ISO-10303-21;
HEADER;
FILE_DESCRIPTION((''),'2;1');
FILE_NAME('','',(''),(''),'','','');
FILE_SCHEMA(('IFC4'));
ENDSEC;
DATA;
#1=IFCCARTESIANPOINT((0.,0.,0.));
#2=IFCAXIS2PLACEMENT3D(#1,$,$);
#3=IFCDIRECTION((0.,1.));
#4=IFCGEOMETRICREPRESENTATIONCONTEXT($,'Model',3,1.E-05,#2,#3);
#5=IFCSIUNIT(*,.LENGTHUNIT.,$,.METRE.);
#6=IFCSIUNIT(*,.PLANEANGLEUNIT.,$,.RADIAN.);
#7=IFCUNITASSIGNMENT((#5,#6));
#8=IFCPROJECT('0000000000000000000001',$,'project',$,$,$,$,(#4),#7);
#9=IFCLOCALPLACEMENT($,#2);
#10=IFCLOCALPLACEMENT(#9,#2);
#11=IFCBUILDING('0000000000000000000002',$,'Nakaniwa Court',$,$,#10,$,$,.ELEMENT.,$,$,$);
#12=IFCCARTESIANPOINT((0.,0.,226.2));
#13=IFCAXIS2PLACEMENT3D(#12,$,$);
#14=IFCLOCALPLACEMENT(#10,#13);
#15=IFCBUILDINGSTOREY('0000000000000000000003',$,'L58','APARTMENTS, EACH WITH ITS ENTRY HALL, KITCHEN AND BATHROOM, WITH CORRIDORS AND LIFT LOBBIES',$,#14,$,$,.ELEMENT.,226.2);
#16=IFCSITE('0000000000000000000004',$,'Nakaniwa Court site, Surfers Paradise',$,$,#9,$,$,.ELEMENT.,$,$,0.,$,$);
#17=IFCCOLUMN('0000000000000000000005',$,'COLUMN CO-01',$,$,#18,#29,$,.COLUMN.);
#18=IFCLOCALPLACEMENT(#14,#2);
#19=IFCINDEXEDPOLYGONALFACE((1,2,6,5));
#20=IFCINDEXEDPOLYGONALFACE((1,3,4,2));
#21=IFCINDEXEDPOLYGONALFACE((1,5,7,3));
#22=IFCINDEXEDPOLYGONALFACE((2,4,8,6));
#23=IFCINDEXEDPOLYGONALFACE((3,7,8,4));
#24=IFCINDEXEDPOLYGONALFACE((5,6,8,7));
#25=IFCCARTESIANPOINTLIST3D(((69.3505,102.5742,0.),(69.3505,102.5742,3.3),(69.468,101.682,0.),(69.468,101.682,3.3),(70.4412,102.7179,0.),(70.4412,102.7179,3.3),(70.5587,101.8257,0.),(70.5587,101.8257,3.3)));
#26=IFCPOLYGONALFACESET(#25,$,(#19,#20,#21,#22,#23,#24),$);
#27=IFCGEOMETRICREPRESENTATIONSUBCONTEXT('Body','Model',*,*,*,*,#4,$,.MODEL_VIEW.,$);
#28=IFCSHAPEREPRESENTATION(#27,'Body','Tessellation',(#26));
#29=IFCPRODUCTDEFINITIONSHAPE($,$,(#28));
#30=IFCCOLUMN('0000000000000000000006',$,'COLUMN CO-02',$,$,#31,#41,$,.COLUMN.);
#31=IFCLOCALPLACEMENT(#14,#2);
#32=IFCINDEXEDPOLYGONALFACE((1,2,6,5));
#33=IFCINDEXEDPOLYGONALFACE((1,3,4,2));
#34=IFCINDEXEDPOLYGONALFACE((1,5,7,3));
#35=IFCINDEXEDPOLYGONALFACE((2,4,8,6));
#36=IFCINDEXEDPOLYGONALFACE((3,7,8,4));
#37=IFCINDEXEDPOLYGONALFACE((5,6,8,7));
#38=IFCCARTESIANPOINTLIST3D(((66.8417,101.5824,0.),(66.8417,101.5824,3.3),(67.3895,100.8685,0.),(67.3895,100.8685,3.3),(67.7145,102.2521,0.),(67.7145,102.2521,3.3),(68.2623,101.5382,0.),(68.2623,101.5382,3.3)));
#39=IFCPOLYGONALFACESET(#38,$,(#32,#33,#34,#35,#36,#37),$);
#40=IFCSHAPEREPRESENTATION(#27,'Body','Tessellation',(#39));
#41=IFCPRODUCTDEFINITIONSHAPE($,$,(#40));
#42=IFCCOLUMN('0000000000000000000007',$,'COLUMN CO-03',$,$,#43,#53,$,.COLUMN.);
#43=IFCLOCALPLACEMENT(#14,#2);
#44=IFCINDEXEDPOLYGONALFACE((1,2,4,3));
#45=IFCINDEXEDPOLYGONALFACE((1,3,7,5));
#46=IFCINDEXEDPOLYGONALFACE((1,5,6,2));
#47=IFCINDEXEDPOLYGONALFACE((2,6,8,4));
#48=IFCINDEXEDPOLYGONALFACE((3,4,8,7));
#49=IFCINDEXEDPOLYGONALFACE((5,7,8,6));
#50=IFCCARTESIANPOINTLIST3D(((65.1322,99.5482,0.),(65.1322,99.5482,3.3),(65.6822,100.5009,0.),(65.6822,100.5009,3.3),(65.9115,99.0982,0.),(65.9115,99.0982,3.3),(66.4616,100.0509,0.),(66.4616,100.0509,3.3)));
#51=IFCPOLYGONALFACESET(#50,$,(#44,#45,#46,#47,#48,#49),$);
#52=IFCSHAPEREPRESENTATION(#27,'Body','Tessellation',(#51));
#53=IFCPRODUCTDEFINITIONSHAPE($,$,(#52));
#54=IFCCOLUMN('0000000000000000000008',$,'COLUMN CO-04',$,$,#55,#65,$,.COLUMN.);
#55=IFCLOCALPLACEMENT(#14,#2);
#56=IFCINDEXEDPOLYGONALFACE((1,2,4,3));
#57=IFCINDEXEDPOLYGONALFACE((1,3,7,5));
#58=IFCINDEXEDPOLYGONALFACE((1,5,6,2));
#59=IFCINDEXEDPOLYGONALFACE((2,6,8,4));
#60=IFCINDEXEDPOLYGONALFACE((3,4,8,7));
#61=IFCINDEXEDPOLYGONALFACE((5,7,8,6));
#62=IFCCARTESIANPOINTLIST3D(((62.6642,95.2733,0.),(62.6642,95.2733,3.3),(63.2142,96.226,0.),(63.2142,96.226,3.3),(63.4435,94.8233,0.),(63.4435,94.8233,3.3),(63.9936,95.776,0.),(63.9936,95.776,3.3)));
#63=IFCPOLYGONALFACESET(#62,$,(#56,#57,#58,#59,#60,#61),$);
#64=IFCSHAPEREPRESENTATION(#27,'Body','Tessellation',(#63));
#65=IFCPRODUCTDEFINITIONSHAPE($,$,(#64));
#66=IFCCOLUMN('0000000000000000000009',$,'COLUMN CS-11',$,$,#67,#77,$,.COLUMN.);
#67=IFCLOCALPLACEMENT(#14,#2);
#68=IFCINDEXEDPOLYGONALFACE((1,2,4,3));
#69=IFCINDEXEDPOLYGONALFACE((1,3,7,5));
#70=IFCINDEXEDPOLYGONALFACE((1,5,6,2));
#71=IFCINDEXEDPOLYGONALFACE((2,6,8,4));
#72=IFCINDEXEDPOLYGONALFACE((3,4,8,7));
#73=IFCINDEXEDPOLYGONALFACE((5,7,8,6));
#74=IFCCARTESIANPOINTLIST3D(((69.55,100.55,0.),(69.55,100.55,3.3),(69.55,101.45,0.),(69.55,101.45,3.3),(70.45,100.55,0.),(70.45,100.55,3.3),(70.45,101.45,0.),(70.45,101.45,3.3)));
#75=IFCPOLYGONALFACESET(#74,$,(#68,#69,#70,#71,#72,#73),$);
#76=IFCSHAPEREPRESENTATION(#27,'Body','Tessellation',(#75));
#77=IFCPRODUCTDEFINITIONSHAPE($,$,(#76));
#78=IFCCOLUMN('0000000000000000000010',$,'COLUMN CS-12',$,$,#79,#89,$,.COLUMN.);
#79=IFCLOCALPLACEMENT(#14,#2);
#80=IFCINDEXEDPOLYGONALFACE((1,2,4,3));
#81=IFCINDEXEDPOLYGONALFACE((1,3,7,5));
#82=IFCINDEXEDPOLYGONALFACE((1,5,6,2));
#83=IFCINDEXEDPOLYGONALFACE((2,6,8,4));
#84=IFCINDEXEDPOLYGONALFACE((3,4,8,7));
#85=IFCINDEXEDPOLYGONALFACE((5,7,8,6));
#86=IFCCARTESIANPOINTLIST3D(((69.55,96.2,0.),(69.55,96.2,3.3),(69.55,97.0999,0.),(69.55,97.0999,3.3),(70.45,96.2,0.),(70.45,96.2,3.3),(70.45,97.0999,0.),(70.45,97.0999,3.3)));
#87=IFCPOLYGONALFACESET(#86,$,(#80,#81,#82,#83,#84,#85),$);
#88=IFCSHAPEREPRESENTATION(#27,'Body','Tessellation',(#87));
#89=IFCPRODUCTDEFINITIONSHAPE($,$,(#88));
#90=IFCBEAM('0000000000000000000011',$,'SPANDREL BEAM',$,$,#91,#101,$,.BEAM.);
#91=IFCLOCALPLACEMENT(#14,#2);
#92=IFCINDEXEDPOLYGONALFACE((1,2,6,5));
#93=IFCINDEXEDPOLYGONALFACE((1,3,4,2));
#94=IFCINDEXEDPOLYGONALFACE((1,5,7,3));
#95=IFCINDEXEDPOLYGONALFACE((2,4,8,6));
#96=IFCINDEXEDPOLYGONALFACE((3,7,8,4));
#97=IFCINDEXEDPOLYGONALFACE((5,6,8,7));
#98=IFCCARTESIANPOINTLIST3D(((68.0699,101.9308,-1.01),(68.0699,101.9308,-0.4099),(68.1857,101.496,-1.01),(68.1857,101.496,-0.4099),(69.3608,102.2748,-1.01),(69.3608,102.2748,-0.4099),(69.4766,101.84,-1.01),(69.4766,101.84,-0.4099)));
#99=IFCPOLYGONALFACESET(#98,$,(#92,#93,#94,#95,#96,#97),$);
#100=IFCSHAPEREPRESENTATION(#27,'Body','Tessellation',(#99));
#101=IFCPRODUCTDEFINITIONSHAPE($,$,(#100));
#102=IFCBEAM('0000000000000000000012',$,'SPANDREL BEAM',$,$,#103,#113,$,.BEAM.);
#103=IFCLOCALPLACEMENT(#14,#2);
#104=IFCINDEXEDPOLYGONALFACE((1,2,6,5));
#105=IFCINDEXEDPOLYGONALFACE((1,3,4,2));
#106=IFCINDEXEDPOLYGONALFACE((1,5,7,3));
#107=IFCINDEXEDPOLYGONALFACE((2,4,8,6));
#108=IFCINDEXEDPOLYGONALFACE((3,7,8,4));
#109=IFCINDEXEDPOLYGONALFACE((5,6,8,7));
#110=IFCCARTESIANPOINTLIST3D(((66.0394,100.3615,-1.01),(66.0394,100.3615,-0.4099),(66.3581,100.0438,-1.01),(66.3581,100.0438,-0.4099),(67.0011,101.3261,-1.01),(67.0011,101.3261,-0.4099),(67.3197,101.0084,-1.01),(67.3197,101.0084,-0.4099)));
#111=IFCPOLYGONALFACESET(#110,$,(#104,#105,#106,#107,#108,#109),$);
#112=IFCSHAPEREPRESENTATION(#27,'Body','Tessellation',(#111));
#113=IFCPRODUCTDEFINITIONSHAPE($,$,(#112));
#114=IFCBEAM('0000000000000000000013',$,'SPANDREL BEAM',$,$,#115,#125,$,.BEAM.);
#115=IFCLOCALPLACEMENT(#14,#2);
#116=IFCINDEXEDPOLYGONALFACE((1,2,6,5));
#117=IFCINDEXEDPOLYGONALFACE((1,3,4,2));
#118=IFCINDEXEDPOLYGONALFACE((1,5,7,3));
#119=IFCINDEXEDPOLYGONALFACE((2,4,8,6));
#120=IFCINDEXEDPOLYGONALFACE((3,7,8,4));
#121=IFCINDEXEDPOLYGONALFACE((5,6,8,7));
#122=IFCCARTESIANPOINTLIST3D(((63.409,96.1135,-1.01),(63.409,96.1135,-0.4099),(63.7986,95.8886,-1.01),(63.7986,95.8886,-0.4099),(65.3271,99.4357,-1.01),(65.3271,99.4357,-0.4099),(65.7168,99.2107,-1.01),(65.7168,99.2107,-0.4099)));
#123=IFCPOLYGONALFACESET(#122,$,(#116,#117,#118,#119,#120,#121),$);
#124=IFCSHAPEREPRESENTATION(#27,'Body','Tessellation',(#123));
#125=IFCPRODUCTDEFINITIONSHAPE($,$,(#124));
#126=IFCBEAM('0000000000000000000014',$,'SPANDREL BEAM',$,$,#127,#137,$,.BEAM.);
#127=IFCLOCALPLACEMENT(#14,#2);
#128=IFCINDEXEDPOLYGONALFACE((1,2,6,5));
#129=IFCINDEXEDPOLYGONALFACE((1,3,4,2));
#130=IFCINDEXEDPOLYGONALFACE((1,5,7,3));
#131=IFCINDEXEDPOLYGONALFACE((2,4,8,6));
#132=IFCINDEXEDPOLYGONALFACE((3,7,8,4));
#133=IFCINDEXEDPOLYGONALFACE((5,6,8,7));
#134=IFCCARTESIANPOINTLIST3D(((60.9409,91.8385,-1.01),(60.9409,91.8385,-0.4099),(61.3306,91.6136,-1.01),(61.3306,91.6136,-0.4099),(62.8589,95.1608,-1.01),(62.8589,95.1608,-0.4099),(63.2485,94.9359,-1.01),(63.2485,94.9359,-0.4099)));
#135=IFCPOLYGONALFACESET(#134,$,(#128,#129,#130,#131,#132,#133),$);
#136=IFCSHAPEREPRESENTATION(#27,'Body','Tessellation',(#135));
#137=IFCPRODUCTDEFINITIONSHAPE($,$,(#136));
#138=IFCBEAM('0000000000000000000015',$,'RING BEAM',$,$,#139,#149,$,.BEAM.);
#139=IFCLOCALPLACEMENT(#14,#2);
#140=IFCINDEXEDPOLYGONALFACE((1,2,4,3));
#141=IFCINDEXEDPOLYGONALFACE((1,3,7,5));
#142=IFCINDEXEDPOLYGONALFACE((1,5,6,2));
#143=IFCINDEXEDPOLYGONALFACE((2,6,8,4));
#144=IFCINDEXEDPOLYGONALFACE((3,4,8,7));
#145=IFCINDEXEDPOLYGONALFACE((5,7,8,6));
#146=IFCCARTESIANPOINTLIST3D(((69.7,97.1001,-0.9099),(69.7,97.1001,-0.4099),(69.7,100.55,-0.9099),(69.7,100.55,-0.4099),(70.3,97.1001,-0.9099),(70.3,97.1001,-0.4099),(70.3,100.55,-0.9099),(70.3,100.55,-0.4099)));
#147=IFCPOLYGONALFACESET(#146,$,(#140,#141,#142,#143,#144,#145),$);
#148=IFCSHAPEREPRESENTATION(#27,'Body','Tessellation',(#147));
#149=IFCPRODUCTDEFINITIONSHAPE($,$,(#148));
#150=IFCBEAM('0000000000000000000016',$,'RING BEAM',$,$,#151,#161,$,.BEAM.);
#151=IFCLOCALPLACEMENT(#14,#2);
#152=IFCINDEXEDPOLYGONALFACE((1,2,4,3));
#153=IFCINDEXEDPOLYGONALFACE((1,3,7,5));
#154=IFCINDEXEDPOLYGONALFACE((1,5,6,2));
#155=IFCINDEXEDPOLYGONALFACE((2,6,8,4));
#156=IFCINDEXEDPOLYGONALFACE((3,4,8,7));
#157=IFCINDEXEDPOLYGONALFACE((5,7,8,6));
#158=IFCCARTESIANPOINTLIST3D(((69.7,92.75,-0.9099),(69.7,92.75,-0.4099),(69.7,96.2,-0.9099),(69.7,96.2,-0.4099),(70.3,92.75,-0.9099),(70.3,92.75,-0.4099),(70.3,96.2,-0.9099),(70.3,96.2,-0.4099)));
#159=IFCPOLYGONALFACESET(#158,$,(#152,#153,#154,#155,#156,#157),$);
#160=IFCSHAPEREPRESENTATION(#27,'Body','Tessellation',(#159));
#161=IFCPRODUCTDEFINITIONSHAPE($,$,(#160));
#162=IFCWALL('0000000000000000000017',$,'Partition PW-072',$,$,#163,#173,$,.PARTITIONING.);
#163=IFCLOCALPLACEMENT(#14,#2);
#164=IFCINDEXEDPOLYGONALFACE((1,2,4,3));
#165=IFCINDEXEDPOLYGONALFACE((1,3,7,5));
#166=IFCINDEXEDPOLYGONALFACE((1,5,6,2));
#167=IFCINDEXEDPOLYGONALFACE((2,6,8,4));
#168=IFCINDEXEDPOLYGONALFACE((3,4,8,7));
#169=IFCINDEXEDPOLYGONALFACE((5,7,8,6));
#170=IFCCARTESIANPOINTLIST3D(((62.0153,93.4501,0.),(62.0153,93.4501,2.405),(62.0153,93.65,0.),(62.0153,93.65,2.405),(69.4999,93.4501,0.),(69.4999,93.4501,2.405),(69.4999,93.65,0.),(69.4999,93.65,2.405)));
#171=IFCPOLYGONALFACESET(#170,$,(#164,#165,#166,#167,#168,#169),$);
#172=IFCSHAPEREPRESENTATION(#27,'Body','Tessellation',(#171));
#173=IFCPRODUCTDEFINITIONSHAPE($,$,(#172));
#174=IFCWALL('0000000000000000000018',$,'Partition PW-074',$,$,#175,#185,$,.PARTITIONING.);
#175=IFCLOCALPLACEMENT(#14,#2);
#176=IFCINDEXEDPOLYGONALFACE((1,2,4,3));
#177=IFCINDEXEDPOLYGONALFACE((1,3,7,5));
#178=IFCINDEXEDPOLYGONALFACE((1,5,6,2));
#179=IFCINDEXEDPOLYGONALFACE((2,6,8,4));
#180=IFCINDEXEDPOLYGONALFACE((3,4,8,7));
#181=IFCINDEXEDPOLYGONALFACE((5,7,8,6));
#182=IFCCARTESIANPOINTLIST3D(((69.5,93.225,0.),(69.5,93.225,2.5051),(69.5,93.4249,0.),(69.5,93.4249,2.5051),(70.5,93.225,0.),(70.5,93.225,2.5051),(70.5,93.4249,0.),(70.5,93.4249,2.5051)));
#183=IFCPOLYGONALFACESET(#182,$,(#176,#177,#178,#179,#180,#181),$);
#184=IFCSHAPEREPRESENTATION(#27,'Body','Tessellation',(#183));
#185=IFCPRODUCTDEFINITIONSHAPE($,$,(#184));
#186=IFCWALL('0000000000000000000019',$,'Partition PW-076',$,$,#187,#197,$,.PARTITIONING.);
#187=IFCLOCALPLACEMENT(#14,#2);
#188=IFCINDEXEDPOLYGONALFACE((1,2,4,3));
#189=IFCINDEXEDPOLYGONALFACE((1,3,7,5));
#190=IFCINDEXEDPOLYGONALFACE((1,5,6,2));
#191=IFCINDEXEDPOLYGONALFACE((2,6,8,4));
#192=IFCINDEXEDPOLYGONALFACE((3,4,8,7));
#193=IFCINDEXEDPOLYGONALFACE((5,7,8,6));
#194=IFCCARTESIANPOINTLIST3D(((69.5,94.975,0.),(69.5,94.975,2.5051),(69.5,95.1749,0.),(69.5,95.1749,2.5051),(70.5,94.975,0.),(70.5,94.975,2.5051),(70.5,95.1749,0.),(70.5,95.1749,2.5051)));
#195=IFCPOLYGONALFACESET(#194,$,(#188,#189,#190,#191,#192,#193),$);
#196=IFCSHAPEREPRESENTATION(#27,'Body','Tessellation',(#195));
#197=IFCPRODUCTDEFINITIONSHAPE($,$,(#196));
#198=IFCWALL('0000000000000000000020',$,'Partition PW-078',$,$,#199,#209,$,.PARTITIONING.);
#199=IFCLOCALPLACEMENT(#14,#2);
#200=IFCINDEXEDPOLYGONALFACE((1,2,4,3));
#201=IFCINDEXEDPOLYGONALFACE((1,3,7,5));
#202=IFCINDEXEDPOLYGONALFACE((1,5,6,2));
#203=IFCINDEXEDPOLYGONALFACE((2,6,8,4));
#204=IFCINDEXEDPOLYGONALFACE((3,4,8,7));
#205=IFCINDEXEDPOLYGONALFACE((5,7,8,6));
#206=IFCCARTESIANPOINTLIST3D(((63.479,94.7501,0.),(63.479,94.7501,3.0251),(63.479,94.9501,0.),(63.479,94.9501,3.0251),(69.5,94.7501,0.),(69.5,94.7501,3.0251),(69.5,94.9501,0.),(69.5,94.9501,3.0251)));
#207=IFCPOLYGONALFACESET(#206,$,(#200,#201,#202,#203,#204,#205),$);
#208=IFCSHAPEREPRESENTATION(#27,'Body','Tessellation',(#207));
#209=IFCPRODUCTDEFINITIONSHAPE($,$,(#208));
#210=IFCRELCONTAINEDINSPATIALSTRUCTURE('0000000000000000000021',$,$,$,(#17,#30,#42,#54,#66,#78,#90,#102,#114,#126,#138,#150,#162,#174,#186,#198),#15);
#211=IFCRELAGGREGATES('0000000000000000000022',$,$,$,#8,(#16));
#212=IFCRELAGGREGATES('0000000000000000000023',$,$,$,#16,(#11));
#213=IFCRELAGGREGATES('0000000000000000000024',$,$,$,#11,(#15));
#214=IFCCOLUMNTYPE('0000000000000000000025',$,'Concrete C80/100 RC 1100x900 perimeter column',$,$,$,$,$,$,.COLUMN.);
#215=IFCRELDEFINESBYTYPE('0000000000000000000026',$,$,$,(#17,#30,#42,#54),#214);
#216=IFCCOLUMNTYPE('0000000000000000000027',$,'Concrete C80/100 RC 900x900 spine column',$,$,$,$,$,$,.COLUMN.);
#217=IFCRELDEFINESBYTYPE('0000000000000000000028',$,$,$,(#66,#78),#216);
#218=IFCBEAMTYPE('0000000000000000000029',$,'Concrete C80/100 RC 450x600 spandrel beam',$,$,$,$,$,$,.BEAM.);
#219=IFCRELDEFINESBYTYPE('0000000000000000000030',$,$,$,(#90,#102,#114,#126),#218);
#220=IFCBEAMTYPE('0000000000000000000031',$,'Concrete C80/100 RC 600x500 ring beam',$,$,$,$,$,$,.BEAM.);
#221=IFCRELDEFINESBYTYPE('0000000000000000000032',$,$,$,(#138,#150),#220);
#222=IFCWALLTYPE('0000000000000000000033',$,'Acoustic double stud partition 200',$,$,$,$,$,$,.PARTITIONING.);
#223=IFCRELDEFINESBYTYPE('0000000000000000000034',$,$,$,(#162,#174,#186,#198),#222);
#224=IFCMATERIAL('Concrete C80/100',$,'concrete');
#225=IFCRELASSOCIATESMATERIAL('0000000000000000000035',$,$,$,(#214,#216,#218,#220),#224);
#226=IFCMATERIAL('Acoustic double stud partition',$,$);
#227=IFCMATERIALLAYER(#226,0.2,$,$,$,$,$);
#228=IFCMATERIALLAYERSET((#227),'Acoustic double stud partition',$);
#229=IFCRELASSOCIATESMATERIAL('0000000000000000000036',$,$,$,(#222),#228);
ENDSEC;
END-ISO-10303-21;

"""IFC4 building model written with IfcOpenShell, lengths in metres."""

from ifc_helpers import new_model, si_unit, direction, frame, frame_2d, origin, origin_2d, place, context, subcontext, project, spatial, rectangle, extrude, material, layer, layer_set, material_profile, profile_set, type_object, element, save


model = new_model("IFC4")

# Units and contexts
model_context = context("Model", 3, precision=1e-05, world=origin(), true_north=direction((0.0, 1.0)))
body_context = subcontext(model_context, "Body", "Model", "MODEL_VIEW")
ifc_project = project(units=[si_unit("LENGTHUNIT", "METRE"), si_unit("PLANEANGLEUNIT", "RADIAN")], contexts=[model_context])

# Site, building, storey
site_placement = place(None, origin())
site = spatial("IfcSite", under=ifc_project, at=site_placement, Name="Nakaniwa Court site, Surfers Paradise", CompositionType="ELEMENT", RefElevation=0.0)
building_placement = place(site_placement, origin())
building = spatial("IfcBuilding", under=site, at=building_placement, Name="Nakaniwa Court", CompositionType="ELEMENT")
storey_placement = place(building_placement, frame((0.0, 0.0, 226.2)))
storey = spatial("IfcBuildingStorey", under=building, at=storey_placement, Name="L58", Description="APARTMENTS, EACH WITH ITS ENTRY HALL, KITCHEN AND BATHROOM, WITH CORRIDORS AND LIFT LOBBIES", CompositionType="ELEMENT", Elevation=226.2)

# Columns
ifc_material_1 = material(Name="Concrete C80/100", Category="concrete")
ifc_material_profile_1 = material_profile(ifc_material_1, rectangle(XDim=1.1001, YDim=0.8999, at=origin_2d()), Name="Concrete C80/100 RC 1100x900 perimeter column")
ifc_profile_set_1 = profile_set([ifc_material_profile_1], Name="Concrete C80/100")
column_type_1 = type_object("IfcColumnType", Name="Concrete C80/100 RC 1100x900 perimeter column", PredefinedType="COLUMN", material=ifc_profile_set_1)
for number, where, z_axis, x_axis, name in (
    (1, (69.9546, 102.2, 0.0), (0.0, 0.0, 1.0), (-0.991443, -0.130543, 0.0), "COLUMN CO-01"),
    (2, (67.552, 101.5603, 0.0), (0.0, 0.0, 1.0), (-0.793364, -0.608748, 0.0), "COLUMN CO-02"),
    (3, (65.7969, 99.7996, 0.0), (0.0, 0.0, 1.0), (-0.5, -0.866025, 0.0), "COLUMN CO-03"),
    (4, (63.3289, 95.5247, 0.0), (0.0, 0.0, 1.0), (-0.5, -0.866025, 0.0), "COLUMN CO-04"),
):
    element("IfcColumn", number, at=place(storey_placement, frame(where, z_axis=z_axis, x_axis=x_axis)), inside=storey, type_object=column_type_1, Name=name, PredefinedType="COLUMN", context=body_context, shape_type="SweptSolid", body=[
        extrude(rectangle(XDim=1.1001, YDim=0.8999, at=origin_2d()), origin(), (0.0, 0.0, 1.0), 3.3),
    ])
ifc_material_profile_2 = material_profile(ifc_material_1, rectangle(XDim=0.8999, YDim=0.8999, at=origin_2d()), Name="Concrete C80/100 RC 900x900 spine column")
ifc_profile_set_2 = profile_set([ifc_material_profile_2], Name="Concrete C80/100")
column_type_2 = type_object("IfcColumnType", Name="Concrete C80/100 RC 900x900 spine column", PredefinedType="COLUMN", material=ifc_profile_set_2)
for number, where, z_axis, x_axis, name in (
    (5, (70.0, 101.0, 0.0), (0.0, 0.0, 1.0), (0.0, -1.0, 0.0), "COLUMN CS-11"),
    (6, (70.0, 96.6499, 0.0), (0.0, 0.0, 1.0), (0.0, -1.0, 0.0), "COLUMN CS-12"),
):
    element("IfcColumn", number, at=place(storey_placement, frame(where, z_axis=z_axis, x_axis=x_axis)), inside=storey, type_object=column_type_2, Name=name, PredefinedType="COLUMN", context=body_context, shape_type="SweptSolid", body=[
        extrude(rectangle(XDim=0.8999, YDim=0.8999, at=origin_2d()), origin(), (0.0, 0.0, 1.0), 3.3),
    ])

# Beams
ifc_material_profile_3 = material_profile(ifc_material_1, rectangle(XDim=0.45, YDim=0.6001, at=origin_2d()), Name="Concrete C80/100 RC 450x600 spandrel beam")
ifc_profile_set_3 = profile_set([ifc_material_profile_3], Name="Concrete C80/100")
beam_type_1 = type_object("IfcBeamType", Name="Concrete C80/100 RC 450x600 spandrel beam", PredefinedType="BEAM", material=ifc_profile_set_3)
beam_1_placement = place(storey_placement, frame((69.4187, 102.0574, -0.71), z_axis=(-0.966286, -0.257469, 0.0), x_axis=(0.257469, -0.966286, 0.0)))
element("IfcBeam", 7, at=beam_1_placement, inside=storey, type_object=beam_type_1, Name="SPANDREL BEAM", PredefinedType="BEAM", context=body_context, shape_type="SweptSolid", body=[
    extrude(rectangle(XDim=0.45, YDim=0.6001, at=origin_2d()), origin(), (0.0, 0.0, 1.0), 1.3359),
])
beam_2_placement = place(storey_placement, frame((67.1604, 101.1672, -0.71), z_axis=(-0.706031, -0.708181, 0.0), x_axis=(0.708181, -0.706031, 0.0)))
element("IfcBeam", 8, at=beam_2_placement, inside=storey, type_object=beam_type_1, Name="SPANDREL BEAM", PredefinedType="BEAM", context=body_context, shape_type="SweptSolid", body=[
    extrude(rectangle(XDim=0.45, YDim=0.6001, at=origin_2d()), origin(), (0.0, 0.0, 1.0), 1.3621),
])
for number, where, z_axis, x_axis, name in (
    (9, (65.522, 99.3232, -0.71), (-0.50002, -0.866014, 0.0), (0.866014, -0.50002, 0.0), "SPANDREL BEAM"),
    (10, (63.0537, 95.0483, -0.71), (-0.499972, -0.866041, 0.0), (0.866041, -0.499972, 0.0), "SPANDREL BEAM"),
):
    element("IfcBeam", number, at=place(storey_placement, frame(where, z_axis=z_axis, x_axis=x_axis)), inside=storey, type_object=beam_type_1, Name=name, PredefinedType="BEAM", context=body_context, shape_type="SweptSolid", body=[
        extrude(rectangle(XDim=0.45, YDim=0.6001, at=origin_2d()), origin(), (0.0, 0.0, 1.0), 3.8362),
    ])
ifc_material_profile_4 = material_profile(ifc_material_1, rectangle(XDim=0.6001, YDim=0.5, at=origin_2d()), Name="Concrete C80/100 RC 600x500 ring beam")
ifc_profile_set_4 = profile_set([ifc_material_profile_4], Name="Concrete C80/100")
beam_type_2 = type_object("IfcBeamType", Name="Concrete C80/100 RC 600x500 ring beam", PredefinedType="BEAM", material=ifc_profile_set_4)
for number, where, z_axis, x_axis, name in (
    (11, (70.0, 100.55, -0.6599), (0.0, -1.0, 0.0), (1.0, 0.0, 0.0), "RING BEAM"),
    (12, (70.0, 96.2, -0.6599), (0.0, -1.0, 0.0), (1.0, 0.0, 0.0), "RING BEAM"),
):
    element("IfcBeam", number, at=place(storey_placement, frame(where, z_axis=z_axis, x_axis=x_axis)), inside=storey, type_object=beam_type_2, Name=name, PredefinedType="BEAM", context=body_context, shape_type="SweptSolid", body=[
        extrude(rectangle(XDim=0.6001, YDim=0.5, at=origin_2d()), origin(), (0.0, 0.0, 1.0), 3.45),
    ])

# Walls
ifc_material_2 = material(Name="Acoustic double stud partition")
ifc_layer_1 = layer(ifc_material_2, 0.2)
ifc_layer_set_1 = layer_set([ifc_layer_1], Name="Acoustic double stud partition")
wall_type_1 = type_object("IfcWallType", Name="Acoustic double stud partition 200", PredefinedType="PARTITIONING", material=ifc_layer_set_1)
wall_1_placement = place(storey_placement, frame((62.0154, 93.55, 0.0), z_axis=(0.0, 0.0, 1.0), x_axis=(1.0, 0.0, 0.0)))
element("IfcWall", 13, at=wall_1_placement, inside=storey, type_object=wall_type_1, Name="Partition PW-072", PredefinedType="PARTITIONING", context=body_context, shape_type="SweptSolid", body=[
    extrude(rectangle(XDim=7.4846, YDim=0.2, at=frame_2d((3.7422, 0.0))), origin(), (0.0, 0.0, 1.0), 2.405),
])
for number, where, z_axis, x_axis, name in (
    (14, (69.5, 93.325, 0.0), (0.0, 0.0, 1.0), (1.0, 0.0, 0.0), "Partition PW-074"),
    (15, (69.5, 95.075, 0.0), (0.0, 0.0, 1.0), (1.0, 0.0, 0.0), "Partition PW-076"),
):
    element("IfcWall", number, at=place(storey_placement, frame(where, z_axis=z_axis, x_axis=x_axis)), inside=storey, type_object=wall_type_1, Name=name, PredefinedType="PARTITIONING", context=body_context, shape_type="SweptSolid", body=[
        extrude(rectangle(XDim=1.0, YDim=0.2, at=frame_2d((0.5, 0.0))), origin(), (0.0, 0.0, 1.0), 2.5051),
    ])
wall_2_placement = place(storey_placement, frame((63.479, 94.8501, 0.0), z_axis=(0.0, 0.0, 1.0), x_axis=(1.0, 0.0, 0.0)))
element("IfcWall", 16, at=wall_2_placement, inside=storey, type_object=wall_type_1, Name="Partition PW-078", PredefinedType="PARTITIONING", context=body_context, shape_type="SweptSolid", body=[
    extrude(rectangle(XDim=6.021, YDim=0.2, at=frame_2d((3.0105, 0.0))), origin(), (0.0, 0.0, 1.0), 3.0251),
])

save(model, "model.ifc")
